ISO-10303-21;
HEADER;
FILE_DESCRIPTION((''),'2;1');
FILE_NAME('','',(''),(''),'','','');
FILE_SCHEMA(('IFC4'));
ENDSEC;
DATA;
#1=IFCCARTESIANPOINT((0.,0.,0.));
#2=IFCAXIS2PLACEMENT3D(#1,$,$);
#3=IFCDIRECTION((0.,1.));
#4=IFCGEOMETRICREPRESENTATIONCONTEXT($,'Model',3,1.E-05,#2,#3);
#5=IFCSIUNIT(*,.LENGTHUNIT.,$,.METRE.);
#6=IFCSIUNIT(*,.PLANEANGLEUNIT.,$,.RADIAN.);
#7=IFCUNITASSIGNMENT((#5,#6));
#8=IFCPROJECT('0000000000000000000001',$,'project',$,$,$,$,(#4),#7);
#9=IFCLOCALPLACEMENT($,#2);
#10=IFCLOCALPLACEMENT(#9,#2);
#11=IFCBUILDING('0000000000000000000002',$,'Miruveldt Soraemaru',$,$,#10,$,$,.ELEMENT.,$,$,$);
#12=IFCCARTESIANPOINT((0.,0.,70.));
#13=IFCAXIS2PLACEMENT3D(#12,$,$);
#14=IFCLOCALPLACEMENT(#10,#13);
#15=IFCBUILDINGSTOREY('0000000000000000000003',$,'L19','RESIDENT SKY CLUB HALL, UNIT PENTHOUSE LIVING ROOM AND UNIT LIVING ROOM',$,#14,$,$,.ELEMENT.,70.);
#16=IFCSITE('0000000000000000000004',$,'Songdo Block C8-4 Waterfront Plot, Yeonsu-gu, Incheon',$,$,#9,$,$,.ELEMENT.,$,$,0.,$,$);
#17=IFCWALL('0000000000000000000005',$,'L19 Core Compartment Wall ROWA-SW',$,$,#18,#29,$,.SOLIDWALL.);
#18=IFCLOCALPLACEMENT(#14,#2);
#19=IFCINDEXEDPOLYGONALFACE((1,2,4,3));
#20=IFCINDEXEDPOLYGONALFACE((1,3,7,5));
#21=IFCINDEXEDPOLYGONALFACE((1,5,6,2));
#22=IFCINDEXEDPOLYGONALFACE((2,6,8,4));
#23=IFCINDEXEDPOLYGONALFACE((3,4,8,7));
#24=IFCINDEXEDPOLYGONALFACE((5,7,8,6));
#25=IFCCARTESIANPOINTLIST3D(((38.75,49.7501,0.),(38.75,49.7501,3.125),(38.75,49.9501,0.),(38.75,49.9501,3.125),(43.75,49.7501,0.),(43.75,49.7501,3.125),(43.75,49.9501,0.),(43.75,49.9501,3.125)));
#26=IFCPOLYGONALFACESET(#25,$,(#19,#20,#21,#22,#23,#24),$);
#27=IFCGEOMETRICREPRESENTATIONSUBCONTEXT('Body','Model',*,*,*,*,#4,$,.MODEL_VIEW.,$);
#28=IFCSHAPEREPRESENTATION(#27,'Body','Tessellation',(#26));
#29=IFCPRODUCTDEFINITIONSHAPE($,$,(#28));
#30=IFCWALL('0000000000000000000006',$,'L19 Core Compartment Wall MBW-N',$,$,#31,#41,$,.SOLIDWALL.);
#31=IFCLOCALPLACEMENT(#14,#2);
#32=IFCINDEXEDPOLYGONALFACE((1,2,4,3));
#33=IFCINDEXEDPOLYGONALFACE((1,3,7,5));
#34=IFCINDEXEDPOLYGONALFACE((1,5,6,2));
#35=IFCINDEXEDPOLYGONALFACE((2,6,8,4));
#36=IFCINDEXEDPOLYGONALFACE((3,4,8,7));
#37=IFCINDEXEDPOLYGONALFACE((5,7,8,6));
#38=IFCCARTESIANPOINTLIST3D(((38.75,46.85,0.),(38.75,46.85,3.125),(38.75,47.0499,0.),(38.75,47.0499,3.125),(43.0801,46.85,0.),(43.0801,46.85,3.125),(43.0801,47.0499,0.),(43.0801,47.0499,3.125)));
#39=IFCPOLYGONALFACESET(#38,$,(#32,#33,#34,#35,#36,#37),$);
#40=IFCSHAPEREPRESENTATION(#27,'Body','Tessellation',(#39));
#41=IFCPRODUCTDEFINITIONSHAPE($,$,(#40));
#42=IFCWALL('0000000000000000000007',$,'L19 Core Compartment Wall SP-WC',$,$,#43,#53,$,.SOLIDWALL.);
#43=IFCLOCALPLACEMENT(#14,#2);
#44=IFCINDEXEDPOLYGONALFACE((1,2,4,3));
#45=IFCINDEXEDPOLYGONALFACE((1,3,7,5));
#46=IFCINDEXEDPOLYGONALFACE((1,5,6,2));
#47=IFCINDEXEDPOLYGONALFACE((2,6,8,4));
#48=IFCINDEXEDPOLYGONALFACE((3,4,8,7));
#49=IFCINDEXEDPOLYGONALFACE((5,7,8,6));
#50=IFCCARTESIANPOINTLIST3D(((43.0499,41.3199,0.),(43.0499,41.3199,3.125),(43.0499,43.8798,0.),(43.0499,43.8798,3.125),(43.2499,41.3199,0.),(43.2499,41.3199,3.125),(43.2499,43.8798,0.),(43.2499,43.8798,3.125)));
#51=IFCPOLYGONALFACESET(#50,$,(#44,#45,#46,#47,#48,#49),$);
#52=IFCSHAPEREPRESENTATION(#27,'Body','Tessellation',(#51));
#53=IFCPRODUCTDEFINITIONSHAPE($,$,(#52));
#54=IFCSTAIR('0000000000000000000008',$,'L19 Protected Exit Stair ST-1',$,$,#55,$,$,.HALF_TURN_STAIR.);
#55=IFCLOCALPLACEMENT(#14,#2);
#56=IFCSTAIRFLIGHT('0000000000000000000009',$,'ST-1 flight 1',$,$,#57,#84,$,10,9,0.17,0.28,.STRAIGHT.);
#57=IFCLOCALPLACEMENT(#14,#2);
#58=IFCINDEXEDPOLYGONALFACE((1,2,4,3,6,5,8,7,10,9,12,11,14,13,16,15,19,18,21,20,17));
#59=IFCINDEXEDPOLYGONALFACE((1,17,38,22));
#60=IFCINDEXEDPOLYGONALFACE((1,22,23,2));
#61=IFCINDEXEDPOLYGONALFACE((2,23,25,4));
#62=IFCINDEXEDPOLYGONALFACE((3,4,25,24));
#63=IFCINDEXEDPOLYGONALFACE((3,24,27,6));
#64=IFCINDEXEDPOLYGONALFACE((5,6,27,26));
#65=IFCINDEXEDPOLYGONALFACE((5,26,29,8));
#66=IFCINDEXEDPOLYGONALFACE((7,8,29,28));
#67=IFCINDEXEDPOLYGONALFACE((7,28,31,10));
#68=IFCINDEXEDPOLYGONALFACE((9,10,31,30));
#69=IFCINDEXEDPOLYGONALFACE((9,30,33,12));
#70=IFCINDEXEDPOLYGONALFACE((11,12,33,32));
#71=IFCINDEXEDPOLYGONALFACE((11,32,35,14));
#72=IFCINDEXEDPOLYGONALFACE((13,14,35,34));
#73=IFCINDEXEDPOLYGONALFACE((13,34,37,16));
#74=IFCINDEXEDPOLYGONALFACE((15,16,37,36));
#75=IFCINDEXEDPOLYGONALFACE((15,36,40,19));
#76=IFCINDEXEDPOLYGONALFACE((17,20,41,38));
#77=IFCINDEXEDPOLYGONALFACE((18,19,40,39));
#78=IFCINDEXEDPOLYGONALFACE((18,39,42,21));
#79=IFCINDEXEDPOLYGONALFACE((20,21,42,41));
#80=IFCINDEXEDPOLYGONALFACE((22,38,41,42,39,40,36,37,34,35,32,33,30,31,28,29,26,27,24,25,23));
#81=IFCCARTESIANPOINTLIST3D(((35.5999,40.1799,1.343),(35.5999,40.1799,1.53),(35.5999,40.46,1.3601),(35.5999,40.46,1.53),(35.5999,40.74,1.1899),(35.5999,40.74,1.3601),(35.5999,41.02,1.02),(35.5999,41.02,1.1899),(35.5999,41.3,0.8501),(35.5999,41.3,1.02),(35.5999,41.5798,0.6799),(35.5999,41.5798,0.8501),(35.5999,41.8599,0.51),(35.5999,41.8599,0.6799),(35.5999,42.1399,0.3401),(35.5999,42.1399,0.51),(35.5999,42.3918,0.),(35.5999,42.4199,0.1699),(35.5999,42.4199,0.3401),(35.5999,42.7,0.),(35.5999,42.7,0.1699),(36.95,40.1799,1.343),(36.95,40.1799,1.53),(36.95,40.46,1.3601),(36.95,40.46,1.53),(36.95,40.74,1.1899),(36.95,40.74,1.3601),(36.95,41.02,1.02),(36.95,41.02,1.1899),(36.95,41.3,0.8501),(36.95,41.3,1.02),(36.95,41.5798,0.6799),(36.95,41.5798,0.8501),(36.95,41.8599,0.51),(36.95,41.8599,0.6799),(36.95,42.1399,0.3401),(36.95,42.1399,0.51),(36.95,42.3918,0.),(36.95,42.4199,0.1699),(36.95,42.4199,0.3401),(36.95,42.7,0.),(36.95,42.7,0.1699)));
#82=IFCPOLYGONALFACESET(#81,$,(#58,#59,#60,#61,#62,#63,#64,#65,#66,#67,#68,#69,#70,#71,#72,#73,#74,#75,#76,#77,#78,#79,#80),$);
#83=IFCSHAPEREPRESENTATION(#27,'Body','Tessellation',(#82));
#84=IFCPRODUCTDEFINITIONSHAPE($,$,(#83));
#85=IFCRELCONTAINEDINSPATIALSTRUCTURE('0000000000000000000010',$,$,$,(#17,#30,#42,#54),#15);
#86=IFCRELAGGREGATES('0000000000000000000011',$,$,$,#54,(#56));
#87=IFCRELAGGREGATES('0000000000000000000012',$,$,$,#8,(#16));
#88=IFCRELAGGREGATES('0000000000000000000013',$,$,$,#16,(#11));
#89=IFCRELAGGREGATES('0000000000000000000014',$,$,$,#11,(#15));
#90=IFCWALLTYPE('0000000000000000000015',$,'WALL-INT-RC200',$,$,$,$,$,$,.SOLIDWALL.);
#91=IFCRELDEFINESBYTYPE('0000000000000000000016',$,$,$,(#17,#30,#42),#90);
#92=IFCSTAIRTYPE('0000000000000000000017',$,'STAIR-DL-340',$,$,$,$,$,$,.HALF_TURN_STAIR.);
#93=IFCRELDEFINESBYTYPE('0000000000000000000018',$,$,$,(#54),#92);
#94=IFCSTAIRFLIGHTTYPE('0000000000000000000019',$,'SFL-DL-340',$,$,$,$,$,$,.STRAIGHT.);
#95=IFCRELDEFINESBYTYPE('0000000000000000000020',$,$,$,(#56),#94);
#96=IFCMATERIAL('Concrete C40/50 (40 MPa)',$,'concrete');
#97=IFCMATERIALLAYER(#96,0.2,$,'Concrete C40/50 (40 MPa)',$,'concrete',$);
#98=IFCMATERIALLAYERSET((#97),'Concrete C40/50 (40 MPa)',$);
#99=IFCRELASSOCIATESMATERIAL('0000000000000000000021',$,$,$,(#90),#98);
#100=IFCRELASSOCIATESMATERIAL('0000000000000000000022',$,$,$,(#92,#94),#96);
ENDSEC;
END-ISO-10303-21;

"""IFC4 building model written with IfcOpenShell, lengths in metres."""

from ifc_helpers import new_model, si_unit, direction, frame, frame_2d, origin, place, context, subcontext, project, spatial, polyline, rectangle, outline, extrude, material, layer, layer_set, type_object, element, aggregate, save


model = new_model("IFC4")

# Units and contexts
model_context = context("Model", 3, precision=1e-05, world=origin(), true_north=direction((0.0, 1.0)))
body_context = subcontext(model_context, "Body", "Model", "MODEL_VIEW")
ifc_project = project(units=[si_unit("LENGTHUNIT", "METRE"), si_unit("PLANEANGLEUNIT", "RADIAN")], contexts=[model_context])

# Site, building, storey
site_placement = place(None, origin())
site = spatial("IfcSite", under=ifc_project, at=site_placement, Name="Songdo Block C8-4 Waterfront Plot, Yeonsu-gu, Incheon", CompositionType="ELEMENT", RefElevation=0.0)
building_placement = place(site_placement, origin())
building = spatial("IfcBuilding", under=site, at=building_placement, Name="Miruveldt Soraemaru", CompositionType="ELEMENT")
storey_placement = place(building_placement, frame((0.0, 0.0, 70.0)))
storey = spatial("IfcBuildingStorey", under=building, at=storey_placement, Name="L19", Description="RESIDENT SKY CLUB HALL, UNIT PENTHOUSE LIVING ROOM AND UNIT LIVING ROOM", CompositionType="ELEMENT", Elevation=70.0)

# Shared definitions
ifc_material_1 = material(Name="Concrete C40/50 (40 MPa)", Category="concrete")

# Shared definitions
ifc_layer_1 = layer(ifc_material_1, 0.2, Name="Concrete C40/50 (40 MPa)", Category="concrete")
ifc_layer_set_1 = layer_set([ifc_layer_1], Name="Concrete C40/50 (40 MPa)")
wall_type_1 = type_object("IfcWallType", Name="WALL-INT-RC200", PredefinedType="SOLIDWALL", material=ifc_layer_set_1)

# Walls
wall_1_placement = place(storey_placement, frame((38.75, 49.8501, 0.0), z_axis=(0.0, 0.0, 1.0), x_axis=(1.0, 0.0, 0.0)))
element("IfcWall", 1, at=wall_1_placement, inside=storey, type_object=wall_type_1, Name="L19 Core Compartment Wall ROWA-SW", PredefinedType="SOLIDWALL", context=body_context, shape_type="SweptSolid", body=[
    extrude(rectangle(XDim=5.0, YDim=0.2, at=frame_2d((2.5, 0.0))), origin(), (0.0, 0.0, 1.0), 3.125),
])
wall_2_placement = place(storey_placement, frame((38.75, 46.95, 0.0), z_axis=(0.0, 0.0, 1.0), x_axis=(1.0, 0.0, 0.0)))
element("IfcWall", 2, at=wall_2_placement, inside=storey, type_object=wall_type_1, Name="L19 Core Compartment Wall MBW-N", PredefinedType="SOLIDWALL", context=body_context, shape_type="SweptSolid", body=[
    extrude(rectangle(XDim=4.3301, YDim=0.2, at=frame_2d((2.165, 0.0))), origin(), (0.0, 0.0, 1.0), 3.125),
])
wall_3_placement = place(storey_placement, frame((43.1499, 41.3201, 0.0), z_axis=(0.0, 0.0, 1.0), x_axis=(0.0, 1.0, 0.0)))
element("IfcWall", 3, at=wall_3_placement, inside=storey, type_object=wall_type_1, Name="L19 Core Compartment Wall SP-WC", PredefinedType="SOLIDWALL", context=body_context, shape_type="SweptSolid", body=[
    extrude(rectangle(XDim=2.5598, YDim=0.2, at=frame_2d((1.2798, 0.0))), origin(), (0.0, 0.0, 1.0), 3.125),
])

# Stair, stair flight
stair_type = type_object("IfcStairType", Name="STAIR-DL-340", PredefinedType="HALF_TURN_STAIR", material=ifc_material_1)
stair_placement = place(storey_placement, origin())
stair = element("IfcStair", 4, at=stair_placement, inside=storey, type_object=stair_type, Name="L19 Protected Exit Stair ST-1", PredefinedType="HALF_TURN_STAIR")
stair_flight_type = type_object("IfcStairFlightType", Name="SFL-DL-340", PredefinedType="STRAIGHT", material=ifc_material_1)
stair_flight_placement = place(storey_placement, frame((36.2749, 42.7, 0.0), z_axis=(0.0, 0.0, 1.0), x_axis=(0.0, -1.0, 0.0)))
stair_flight = element("IfcStairFlight", 5, at=stair_flight_placement, type_object=stair_flight_type, Name="ST-1 flight 1", NumberOfRisers=10, NumberOfTreads=9, PredefinedType="STRAIGHT", RiserHeight=0.17, TreadLength=0.28, context=body_context, shape_type="SweptSolid", body=[
    extrude(outline(polyline([(0.0, 0.0), (0.0, 0.1699), (0.28, 0.1699), (0.28, 0.3401), (0.5601, 0.3401), (0.5601, 0.51), (0.8401, 0.51), (0.8401, 0.6799), (1.1201, 0.6799), (1.1201, 0.8501), (1.3999, 0.8501), (1.3999, 1.02), (1.6799, 1.02), (1.6799, 1.1899), (1.96, 1.1899), (1.96, 1.3601), (2.24, 1.3601), (2.24, 1.53), (2.52, 1.53), (2.52, 1.7), (2.52, 1.343), (0.3081, 0.0), (0.0, 0.0)])), frame((0.0, 0.675, 0.0), z_axis=(0.0, -1.0, 0.0), x_axis=(1.0, 0.0, 0.0)), (0.0, 0.0, 1.0), 1.3501),
])
aggregate(stair, [stair_flight])

save(model, "model.ifc")
